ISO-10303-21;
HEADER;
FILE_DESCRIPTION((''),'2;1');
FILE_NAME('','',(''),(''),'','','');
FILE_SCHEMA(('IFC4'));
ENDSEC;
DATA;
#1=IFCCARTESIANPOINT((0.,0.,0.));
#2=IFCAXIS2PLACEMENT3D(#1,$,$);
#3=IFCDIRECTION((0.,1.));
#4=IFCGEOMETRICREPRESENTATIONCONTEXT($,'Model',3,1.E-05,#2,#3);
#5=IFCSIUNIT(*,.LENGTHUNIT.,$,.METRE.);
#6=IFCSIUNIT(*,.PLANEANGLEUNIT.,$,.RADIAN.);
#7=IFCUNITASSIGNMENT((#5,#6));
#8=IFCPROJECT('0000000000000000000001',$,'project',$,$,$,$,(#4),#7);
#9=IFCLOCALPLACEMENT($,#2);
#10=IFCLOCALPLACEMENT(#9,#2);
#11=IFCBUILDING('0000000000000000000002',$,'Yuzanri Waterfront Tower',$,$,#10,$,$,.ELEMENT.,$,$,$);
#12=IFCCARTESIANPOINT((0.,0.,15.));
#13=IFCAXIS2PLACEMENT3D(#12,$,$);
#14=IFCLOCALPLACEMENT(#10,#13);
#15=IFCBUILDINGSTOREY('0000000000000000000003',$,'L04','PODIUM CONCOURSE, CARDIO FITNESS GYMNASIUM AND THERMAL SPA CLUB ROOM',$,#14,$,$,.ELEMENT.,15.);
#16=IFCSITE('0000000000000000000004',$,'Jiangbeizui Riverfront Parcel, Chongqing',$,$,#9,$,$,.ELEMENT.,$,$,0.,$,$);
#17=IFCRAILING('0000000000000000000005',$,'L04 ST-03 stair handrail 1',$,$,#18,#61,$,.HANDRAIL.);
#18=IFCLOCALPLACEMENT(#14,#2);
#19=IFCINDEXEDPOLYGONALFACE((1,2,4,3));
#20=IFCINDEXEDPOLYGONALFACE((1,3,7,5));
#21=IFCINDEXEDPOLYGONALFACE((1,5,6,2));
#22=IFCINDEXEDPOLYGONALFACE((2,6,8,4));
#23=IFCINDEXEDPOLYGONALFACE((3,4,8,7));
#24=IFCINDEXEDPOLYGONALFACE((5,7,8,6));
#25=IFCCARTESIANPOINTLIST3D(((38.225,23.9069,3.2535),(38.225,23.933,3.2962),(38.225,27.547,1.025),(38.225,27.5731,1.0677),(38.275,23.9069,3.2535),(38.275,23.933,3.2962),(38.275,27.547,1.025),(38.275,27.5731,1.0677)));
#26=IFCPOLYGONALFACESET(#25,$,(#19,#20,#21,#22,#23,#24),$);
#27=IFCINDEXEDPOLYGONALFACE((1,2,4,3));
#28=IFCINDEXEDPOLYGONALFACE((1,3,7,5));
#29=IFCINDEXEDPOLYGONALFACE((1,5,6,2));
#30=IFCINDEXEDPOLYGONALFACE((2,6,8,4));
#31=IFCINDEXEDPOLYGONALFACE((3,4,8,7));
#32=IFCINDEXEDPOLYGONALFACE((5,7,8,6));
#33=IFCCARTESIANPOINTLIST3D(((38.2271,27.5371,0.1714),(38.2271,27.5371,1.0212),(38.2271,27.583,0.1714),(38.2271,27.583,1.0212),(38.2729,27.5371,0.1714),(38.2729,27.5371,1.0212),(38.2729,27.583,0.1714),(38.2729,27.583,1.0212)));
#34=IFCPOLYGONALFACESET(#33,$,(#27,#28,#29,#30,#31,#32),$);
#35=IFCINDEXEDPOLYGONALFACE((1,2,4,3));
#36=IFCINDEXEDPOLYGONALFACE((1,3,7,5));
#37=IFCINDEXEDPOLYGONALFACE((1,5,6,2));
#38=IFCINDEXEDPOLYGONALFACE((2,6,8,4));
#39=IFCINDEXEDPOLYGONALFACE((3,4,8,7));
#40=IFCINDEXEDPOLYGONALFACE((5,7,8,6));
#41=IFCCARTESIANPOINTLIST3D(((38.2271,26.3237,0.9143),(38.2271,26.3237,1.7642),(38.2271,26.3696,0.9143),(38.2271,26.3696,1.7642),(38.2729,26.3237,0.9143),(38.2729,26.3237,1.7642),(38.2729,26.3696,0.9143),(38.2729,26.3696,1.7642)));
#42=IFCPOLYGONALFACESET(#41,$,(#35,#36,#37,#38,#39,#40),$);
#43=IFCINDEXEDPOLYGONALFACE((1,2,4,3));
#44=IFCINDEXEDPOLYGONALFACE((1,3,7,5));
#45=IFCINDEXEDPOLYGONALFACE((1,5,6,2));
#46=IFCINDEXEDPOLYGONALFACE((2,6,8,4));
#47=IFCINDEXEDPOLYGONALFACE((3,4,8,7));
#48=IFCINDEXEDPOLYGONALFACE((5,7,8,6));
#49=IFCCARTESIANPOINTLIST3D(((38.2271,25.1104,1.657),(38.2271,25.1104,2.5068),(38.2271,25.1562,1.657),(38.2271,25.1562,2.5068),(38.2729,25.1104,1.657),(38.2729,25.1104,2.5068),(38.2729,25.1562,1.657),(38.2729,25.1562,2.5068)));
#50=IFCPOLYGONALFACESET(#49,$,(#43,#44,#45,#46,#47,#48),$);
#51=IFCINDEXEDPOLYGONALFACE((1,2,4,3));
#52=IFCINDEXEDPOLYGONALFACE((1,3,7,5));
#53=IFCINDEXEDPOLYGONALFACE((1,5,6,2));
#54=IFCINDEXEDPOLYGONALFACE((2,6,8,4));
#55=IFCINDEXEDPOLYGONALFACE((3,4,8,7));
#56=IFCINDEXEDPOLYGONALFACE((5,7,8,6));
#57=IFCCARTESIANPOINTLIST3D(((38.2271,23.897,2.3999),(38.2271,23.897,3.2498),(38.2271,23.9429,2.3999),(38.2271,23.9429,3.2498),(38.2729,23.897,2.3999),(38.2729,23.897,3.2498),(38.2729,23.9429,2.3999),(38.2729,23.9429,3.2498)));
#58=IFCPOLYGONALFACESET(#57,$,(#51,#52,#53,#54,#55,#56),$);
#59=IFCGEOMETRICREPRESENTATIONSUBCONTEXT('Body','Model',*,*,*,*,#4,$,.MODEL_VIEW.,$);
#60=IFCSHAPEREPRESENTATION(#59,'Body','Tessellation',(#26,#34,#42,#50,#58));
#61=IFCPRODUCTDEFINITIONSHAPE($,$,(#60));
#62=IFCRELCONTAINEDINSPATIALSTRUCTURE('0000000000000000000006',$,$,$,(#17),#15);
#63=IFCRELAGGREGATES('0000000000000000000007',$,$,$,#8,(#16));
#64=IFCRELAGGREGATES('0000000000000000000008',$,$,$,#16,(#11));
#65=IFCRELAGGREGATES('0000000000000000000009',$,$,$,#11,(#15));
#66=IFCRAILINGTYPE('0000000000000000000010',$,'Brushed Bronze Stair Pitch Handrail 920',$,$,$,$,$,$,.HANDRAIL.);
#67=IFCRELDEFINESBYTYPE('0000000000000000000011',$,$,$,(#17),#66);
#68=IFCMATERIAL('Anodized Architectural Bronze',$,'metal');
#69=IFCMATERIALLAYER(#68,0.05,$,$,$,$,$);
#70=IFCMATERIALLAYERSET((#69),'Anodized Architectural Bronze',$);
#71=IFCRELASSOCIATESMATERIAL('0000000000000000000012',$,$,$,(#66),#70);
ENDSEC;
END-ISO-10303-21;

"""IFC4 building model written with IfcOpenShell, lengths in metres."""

from ifc_helpers import new_model, si_unit, direction, frame, origin, origin_2d, place, context, subcontext, project, spatial, rectangle, extrude, source, transform, mapped, material, layer, layer_set, type_object, element, save


model = new_model("IFC4")

# Units and contexts
model_context = context("Model", 3, precision=1e-05, world=origin(), true_north=direction((0.0, 1.0)))
body_context = subcontext(model_context, "Body", "Model", "MODEL_VIEW")
ifc_project = project(units=[si_unit("LENGTHUNIT", "METRE"), si_unit("PLANEANGLEUNIT", "RADIAN")], contexts=[model_context])

# Site, building, storey
site_placement = place(None, origin())
site = spatial("IfcSite", under=ifc_project, at=site_placement, Name="Jiangbeizui Riverfront Parcel, Chongqing", CompositionType="ELEMENT", RefElevation=0.0)
building_placement = place(site_placement, origin())
building = spatial("IfcBuilding", under=site, at=building_placement, Name="Yuzanri Waterfront Tower", CompositionType="ELEMENT")
storey_placement = place(building_placement, frame((0.0, 0.0, 15.0)))
storey = spatial("IfcBuildingStorey", under=building, at=storey_placement, Name="L04", Description="PODIUM CONCOURSE, CARDIO FITNESS GYMNASIUM AND THERMAL SPA CLUB ROOM", CompositionType="ELEMENT", Elevation=15.0)

# Railing
ifc_material_1 = material(Name="Anodized Architectural Bronze", Category="metal")
ifc_layer_1 = layer(ifc_material_1, 0.05)
ifc_layer_set_1 = layer_set([ifc_layer_1], Name="Anodized Architectural Bronze")
railing_type_1 = type_object("IfcRailingType", Name="Brushed Bronze Stair Pitch Handrail 920", PredefinedType="HANDRAIL", material=ifc_layer_set_1)
shared_shape_1 = source(origin(), body_context, "Body", "SweptSolid", [
    extrude(rectangle(XDim=0.05, YDim=0.05, at=origin_2d()), frame((0.0, 0.0, 0.875), z_axis=(0.0, -0.852866, 0.52213), x_axis=(1.0, 0.0, 0.0)), (0.0, 0.0, 1.0), 4.2681),
    extrude(rectangle(XDim=0.0459, YDim=0.0459, at=origin_2d()), origin(), (0.0, 0.0, 1.0), 0.8499),
    extrude(rectangle(XDim=0.0459, YDim=0.0459, at=origin_2d()), frame((0.0, -1.2134, 0.7429)), (0.0, 0.0, 1.0), 0.8499),
    extrude(rectangle(XDim=0.0459, YDim=0.0459, at=origin_2d()), frame((0.0, -2.4268, 1.4856)), (0.0, 0.0, 1.0), 0.8499),
    extrude(rectangle(XDim=0.0459, YDim=0.0459, at=origin_2d()), frame((0.0, -3.6401, 2.2285)), (0.0, 0.0, 1.0), 0.8499),
])
railing_1_placement = place(storey_placement, frame((38.25, 27.5601, 0.1714)))
element("IfcRailing", 1, at=railing_1_placement, inside=storey, type_object=railing_type_1, Name="L04 ST-03 stair handrail 1", PredefinedType="HANDRAIL", context=body_context, shape_type="MappedRepresentation", body=[
    mapped(shared_shape_1, transform((0.0, 0.0, 0.0), scale=1.0)),
])

save(model, "model.ifc")
